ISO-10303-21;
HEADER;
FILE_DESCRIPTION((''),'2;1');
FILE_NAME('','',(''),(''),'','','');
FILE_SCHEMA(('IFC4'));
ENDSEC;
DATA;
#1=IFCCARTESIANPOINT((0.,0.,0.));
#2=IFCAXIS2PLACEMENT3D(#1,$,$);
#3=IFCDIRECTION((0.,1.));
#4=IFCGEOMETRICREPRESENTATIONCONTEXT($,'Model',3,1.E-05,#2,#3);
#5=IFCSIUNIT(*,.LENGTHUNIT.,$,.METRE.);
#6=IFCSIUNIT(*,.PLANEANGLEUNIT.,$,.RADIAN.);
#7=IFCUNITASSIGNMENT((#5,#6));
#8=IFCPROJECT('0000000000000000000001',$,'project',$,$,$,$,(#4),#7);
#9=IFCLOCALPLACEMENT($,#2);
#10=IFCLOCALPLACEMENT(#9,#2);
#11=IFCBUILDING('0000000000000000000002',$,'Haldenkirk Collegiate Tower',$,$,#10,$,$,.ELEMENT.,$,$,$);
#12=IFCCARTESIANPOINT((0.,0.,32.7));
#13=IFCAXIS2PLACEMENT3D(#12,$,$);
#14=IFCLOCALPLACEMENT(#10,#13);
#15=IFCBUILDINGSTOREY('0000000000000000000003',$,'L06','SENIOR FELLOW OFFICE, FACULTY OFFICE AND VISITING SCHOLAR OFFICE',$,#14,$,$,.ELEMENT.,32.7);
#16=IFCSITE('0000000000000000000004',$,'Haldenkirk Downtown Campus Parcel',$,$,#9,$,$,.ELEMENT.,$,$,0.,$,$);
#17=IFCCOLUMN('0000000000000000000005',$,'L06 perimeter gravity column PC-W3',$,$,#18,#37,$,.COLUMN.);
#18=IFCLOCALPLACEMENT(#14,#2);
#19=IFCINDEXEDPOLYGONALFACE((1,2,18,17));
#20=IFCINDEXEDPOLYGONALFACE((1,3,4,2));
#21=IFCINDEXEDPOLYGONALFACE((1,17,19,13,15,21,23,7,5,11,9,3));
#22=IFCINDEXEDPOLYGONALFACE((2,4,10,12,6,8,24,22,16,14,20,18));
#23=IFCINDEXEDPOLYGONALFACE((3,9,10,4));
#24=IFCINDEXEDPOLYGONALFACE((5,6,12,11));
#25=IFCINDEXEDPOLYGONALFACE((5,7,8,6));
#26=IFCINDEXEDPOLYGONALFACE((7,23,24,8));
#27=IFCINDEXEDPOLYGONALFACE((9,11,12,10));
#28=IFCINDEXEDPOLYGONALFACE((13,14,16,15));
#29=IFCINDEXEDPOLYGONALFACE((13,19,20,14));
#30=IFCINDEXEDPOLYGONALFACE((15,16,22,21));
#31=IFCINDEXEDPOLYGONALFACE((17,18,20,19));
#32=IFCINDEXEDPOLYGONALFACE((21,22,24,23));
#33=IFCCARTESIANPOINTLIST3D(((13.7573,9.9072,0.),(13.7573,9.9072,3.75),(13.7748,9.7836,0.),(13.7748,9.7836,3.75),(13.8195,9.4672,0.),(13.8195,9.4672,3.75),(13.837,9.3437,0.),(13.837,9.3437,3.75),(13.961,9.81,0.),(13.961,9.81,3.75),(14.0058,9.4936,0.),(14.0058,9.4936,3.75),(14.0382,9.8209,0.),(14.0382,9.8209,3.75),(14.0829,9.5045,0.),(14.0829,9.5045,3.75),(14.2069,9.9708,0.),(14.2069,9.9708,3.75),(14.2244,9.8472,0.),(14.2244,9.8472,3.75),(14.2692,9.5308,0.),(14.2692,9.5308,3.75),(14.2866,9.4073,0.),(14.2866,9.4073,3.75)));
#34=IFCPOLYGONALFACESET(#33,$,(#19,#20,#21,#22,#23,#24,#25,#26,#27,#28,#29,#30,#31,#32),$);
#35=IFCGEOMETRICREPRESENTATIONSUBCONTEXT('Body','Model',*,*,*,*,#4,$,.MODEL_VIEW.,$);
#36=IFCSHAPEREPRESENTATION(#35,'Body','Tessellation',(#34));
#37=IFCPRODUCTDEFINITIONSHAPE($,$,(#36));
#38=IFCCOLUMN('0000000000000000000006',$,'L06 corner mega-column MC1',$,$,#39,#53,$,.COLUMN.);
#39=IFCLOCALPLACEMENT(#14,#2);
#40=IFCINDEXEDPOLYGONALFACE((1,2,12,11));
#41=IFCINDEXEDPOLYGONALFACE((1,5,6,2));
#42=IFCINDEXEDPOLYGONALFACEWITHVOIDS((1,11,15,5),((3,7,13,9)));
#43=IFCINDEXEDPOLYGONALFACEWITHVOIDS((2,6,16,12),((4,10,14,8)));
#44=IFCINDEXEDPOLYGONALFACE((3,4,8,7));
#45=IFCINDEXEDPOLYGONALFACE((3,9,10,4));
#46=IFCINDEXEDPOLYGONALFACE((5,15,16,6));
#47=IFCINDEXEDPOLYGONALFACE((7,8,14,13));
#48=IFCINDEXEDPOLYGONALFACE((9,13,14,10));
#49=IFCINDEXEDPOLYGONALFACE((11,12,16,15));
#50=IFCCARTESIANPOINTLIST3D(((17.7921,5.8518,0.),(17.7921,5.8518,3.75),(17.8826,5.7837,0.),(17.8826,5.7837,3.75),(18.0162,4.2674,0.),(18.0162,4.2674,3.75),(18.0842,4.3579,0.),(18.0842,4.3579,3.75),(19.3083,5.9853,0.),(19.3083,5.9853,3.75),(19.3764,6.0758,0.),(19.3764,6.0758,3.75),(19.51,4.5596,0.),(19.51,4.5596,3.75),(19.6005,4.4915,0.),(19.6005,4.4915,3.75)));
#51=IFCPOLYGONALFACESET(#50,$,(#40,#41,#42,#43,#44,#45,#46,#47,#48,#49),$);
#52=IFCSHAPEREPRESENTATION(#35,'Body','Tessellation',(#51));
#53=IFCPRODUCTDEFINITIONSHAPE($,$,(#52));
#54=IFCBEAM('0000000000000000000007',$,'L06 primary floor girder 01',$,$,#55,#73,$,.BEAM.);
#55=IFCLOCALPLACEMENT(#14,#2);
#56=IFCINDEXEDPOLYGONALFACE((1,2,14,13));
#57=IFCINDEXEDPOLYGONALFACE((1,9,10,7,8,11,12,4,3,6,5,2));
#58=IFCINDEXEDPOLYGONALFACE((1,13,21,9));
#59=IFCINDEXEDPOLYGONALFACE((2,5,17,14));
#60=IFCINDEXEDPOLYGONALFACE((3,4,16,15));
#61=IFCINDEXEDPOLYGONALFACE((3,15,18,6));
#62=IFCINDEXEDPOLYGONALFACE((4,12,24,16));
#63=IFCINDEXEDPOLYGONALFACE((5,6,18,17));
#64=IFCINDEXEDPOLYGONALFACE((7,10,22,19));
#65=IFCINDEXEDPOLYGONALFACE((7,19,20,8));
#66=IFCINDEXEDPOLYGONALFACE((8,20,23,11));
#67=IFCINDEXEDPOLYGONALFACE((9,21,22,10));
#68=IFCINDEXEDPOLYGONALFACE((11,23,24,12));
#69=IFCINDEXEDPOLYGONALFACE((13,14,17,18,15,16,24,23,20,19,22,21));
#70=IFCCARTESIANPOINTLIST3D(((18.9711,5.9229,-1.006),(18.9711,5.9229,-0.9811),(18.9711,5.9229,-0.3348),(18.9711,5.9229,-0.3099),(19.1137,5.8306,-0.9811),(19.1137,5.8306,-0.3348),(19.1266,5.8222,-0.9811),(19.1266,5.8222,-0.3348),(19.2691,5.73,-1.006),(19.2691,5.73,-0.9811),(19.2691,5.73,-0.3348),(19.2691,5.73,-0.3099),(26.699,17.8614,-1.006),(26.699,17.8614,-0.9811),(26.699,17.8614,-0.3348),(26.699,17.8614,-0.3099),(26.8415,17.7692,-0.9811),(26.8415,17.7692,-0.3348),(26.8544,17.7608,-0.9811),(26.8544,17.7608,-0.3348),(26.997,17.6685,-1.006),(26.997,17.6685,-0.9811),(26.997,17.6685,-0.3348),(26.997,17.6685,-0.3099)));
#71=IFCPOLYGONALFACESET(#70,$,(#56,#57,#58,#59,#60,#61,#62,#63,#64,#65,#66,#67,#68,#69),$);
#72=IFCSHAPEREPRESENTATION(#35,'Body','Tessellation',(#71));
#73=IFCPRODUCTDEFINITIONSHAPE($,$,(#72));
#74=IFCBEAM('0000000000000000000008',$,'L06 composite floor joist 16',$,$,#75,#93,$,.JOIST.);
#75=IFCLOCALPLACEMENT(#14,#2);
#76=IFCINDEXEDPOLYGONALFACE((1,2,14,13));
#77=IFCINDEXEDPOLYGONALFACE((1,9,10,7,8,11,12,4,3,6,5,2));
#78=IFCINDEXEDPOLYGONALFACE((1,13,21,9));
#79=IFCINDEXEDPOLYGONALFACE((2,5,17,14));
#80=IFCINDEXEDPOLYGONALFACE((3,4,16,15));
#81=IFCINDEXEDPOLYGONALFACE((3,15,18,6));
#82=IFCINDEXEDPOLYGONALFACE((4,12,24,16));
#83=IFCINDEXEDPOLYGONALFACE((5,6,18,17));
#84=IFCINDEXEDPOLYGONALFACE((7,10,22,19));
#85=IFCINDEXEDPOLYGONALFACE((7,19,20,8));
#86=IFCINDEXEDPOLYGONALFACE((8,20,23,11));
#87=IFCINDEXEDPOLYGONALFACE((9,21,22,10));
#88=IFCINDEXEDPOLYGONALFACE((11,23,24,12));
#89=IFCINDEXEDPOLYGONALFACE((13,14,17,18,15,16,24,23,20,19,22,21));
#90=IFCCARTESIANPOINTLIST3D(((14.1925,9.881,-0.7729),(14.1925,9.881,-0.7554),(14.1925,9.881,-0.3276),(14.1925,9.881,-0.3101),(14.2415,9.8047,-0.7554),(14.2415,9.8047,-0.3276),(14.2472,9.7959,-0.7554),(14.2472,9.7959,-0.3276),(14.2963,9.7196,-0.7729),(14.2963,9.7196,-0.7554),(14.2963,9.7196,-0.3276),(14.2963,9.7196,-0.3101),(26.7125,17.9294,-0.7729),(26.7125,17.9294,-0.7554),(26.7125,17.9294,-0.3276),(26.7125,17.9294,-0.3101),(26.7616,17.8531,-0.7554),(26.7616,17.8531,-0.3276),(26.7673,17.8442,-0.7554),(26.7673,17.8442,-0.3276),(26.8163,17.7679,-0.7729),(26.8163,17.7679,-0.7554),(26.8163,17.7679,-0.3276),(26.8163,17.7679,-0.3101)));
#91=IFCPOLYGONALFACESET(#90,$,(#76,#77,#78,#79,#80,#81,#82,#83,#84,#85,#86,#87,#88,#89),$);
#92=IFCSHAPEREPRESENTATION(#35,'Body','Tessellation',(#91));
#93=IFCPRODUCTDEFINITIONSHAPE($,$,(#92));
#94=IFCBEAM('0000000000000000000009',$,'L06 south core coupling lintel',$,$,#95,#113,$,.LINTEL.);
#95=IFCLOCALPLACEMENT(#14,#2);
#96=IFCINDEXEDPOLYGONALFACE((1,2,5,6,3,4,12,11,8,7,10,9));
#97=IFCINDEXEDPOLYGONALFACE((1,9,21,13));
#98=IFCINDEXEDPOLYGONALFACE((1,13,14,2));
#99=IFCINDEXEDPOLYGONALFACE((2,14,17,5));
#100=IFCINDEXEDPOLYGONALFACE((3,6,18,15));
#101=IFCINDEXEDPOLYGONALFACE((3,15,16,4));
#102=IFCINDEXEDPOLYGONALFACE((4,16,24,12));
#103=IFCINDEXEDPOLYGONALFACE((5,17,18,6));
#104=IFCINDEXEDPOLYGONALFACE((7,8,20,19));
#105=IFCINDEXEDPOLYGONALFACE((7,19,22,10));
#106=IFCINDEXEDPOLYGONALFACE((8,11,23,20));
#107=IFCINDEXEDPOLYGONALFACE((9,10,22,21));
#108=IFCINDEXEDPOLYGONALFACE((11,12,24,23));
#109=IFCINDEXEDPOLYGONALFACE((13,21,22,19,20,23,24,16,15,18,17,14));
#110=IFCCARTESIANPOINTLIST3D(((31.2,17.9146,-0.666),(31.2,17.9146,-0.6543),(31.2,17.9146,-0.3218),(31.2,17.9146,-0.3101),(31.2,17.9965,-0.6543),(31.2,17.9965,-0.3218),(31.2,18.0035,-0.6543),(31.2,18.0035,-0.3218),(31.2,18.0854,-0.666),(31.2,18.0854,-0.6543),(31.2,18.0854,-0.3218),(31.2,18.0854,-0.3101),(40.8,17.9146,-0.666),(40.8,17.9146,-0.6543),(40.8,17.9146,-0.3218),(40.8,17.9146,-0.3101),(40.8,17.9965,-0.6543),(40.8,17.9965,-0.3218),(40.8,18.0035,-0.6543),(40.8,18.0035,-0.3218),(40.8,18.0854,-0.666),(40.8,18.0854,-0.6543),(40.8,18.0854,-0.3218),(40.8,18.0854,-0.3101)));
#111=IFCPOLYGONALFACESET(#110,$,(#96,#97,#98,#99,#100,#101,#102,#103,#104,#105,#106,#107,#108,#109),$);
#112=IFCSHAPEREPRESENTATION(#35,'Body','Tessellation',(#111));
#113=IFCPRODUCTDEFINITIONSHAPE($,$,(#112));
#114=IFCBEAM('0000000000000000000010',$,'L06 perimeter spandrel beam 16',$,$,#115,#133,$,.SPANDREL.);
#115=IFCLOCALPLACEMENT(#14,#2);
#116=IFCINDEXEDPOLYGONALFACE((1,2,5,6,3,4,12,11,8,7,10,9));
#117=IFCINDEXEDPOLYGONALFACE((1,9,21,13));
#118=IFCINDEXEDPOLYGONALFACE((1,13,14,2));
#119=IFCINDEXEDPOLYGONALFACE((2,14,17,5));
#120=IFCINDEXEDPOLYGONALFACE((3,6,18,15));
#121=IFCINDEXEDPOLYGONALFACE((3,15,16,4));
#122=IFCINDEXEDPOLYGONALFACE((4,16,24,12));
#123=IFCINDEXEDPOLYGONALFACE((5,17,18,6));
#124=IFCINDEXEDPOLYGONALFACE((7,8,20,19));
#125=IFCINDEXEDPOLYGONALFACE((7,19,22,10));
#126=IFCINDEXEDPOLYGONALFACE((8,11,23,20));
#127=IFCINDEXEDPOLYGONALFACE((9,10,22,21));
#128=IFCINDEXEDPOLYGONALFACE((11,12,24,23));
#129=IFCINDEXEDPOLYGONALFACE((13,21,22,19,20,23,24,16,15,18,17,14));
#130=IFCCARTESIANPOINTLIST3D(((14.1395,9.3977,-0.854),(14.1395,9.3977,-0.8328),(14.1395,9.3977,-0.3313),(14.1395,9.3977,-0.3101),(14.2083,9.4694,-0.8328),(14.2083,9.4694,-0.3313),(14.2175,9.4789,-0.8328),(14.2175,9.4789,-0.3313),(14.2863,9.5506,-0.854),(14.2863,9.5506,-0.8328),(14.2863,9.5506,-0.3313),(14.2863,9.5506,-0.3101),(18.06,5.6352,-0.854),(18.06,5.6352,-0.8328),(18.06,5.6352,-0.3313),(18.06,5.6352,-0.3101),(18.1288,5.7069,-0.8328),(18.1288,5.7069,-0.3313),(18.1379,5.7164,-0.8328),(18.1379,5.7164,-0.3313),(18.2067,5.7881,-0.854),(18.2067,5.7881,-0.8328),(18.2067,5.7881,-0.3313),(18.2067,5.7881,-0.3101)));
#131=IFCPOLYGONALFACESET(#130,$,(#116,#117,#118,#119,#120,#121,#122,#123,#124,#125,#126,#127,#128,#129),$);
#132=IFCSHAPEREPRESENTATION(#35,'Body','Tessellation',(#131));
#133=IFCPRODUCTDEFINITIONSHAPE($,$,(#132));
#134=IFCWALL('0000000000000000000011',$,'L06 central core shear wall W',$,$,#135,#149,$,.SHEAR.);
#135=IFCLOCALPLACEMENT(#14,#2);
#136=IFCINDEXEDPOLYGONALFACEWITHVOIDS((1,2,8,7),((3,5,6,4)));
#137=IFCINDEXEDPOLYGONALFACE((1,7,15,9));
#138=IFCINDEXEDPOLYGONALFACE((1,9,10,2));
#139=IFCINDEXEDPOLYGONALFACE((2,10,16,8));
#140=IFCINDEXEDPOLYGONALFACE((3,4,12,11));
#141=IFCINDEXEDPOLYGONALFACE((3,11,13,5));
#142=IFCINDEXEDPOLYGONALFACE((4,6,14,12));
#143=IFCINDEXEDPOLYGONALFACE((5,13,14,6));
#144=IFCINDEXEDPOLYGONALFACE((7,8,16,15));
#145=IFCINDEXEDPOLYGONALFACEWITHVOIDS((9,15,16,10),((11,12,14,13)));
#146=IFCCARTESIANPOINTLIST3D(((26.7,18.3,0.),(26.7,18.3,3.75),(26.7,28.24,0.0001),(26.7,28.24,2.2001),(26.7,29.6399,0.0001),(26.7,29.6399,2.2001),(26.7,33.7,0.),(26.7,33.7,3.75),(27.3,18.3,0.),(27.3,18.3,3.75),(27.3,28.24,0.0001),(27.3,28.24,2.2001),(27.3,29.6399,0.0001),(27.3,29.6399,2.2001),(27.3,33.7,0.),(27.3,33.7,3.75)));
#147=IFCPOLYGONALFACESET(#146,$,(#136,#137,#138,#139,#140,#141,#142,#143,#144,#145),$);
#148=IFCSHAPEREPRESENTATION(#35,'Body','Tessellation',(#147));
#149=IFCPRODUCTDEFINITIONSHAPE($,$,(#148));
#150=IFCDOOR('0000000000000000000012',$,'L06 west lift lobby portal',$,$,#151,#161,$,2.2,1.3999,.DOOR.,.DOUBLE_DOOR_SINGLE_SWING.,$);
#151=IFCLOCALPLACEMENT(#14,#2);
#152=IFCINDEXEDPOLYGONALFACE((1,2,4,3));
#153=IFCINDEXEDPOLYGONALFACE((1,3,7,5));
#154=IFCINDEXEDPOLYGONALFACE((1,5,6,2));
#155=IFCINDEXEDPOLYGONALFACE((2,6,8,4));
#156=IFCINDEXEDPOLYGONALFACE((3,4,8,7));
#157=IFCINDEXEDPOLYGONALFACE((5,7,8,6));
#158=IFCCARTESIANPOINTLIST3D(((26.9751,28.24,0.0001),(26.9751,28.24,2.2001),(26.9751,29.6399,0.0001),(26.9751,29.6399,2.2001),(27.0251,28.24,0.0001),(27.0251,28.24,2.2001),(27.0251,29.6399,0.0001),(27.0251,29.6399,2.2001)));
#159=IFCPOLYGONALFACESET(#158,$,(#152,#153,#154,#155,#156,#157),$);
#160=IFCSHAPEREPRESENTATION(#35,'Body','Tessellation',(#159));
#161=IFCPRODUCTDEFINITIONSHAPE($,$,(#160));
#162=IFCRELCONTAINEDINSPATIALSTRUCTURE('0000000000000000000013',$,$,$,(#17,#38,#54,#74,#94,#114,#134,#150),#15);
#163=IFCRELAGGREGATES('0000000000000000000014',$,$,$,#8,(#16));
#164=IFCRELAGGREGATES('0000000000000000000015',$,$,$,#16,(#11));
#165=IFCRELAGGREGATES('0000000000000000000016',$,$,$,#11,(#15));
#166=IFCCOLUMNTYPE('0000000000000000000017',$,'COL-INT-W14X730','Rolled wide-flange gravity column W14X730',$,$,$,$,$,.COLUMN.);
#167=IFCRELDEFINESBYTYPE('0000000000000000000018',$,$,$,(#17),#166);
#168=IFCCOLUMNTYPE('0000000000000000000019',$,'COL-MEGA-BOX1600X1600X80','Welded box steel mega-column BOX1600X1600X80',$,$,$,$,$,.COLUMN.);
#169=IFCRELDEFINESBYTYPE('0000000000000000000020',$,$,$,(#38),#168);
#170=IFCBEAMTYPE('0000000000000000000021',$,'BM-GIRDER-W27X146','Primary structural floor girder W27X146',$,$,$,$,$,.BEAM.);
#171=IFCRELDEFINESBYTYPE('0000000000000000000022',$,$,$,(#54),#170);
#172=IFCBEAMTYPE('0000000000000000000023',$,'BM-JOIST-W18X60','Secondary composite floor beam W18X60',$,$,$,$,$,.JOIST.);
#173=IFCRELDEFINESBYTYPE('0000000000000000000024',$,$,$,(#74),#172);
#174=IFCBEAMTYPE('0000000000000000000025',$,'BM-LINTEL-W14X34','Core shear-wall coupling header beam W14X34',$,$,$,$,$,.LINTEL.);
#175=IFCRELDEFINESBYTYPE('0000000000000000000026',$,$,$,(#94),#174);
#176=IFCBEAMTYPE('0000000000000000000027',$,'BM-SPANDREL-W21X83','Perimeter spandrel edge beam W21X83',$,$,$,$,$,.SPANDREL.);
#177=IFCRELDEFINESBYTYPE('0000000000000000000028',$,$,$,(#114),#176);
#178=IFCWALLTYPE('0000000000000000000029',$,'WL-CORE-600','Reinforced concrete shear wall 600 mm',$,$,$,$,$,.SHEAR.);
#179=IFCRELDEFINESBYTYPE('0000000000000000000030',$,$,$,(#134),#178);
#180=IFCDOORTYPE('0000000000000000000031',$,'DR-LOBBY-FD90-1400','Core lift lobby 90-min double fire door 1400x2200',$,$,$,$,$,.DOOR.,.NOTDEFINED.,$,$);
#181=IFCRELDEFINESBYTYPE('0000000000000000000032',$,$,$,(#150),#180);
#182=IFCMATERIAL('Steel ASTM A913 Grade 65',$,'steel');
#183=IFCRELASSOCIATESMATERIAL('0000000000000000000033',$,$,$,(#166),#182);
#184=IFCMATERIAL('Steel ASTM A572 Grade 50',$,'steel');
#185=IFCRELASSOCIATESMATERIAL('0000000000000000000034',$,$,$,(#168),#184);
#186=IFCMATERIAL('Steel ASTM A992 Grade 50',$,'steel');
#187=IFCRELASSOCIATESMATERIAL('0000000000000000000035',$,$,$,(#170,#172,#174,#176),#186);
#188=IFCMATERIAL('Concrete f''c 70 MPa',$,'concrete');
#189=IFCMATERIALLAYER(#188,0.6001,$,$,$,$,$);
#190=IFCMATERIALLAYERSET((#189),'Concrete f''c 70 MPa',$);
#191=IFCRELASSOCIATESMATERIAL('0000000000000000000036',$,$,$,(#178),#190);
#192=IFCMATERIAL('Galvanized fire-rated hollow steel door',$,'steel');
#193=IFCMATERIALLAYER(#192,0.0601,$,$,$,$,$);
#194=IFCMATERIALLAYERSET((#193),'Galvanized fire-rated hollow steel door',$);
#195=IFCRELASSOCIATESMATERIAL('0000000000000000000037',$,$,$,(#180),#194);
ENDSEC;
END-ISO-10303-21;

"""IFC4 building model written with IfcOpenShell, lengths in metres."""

from ifc_helpers import new_model, si_unit, direction, frame, frame_2d, origin, origin_2d, place, context, subcontext, project, spatial, rectangle, hollow_rectangle, i_section, extrude, material, layer, layer_set, material_profile, profile_set, type_object, element, fill, save


model = new_model("IFC4")

# Units and contexts
model_context = context("Model", 3, precision=1e-05, world=origin(), true_north=direction((0.0, 1.0)))
body_context = subcontext(model_context, "Body", "Model", "MODEL_VIEW")
ifc_project = project(units=[si_unit("LENGTHUNIT", "METRE"), si_unit("PLANEANGLEUNIT", "RADIAN")], contexts=[model_context])

# Site, building, storey
site_placement = place(None, origin())
site = spatial("IfcSite", under=ifc_project, at=site_placement, Name="Haldenkirk Downtown Campus Parcel", CompositionType="ELEMENT", RefElevation=0.0)
building_placement = place(site_placement, origin())
building = spatial("IfcBuilding", under=site, at=building_placement, Name="Haldenkirk Collegiate Tower", CompositionType="ELEMENT")
storey_placement = place(building_placement, frame((0.0, 0.0, 32.7)))
storey = spatial("IfcBuildingStorey", under=building, at=storey_placement, Name="L06", Description="SENIOR FELLOW OFFICE, FACULTY OFFICE AND VISITING SCHOLAR OFFICE", CompositionType="ELEMENT", Elevation=32.7)

# Columns
ifc_material_1 = material(Name="Steel ASTM A913 Grade 65", Category="steel")
ifc_material_profile_1 = material_profile(ifc_material_1, i_section(OverallWidth=0.4541, OverallDepth=0.5691, WebThickness=0.0779, FlangeThickness=0.1248, at=origin_2d()), Name="W14X730")
ifc_profile_set_1 = profile_set([ifc_material_profile_1], Name="Steel ASTM A913 Grade 65")
column_type_1 = type_object("IfcColumnType", Name="COL-INT-W14X730", Description="Rolled wide-flange gravity column W14X730", PredefinedType="COLUMN", material=ifc_profile_set_1)
column_1_placement = place(storey_placement, frame((14.022, 9.6572, 0.0), z_axis=(0.0, 0.0, 1.0), x_axis=(0.990146, 0.140037, 0.0)))
element("IfcColumn", 1, at=column_1_placement, inside=storey, type_object=column_type_1, Name="L06 perimeter gravity column PC-W3", PredefinedType="COLUMN", context=body_context, shape_type="SweptSolid", body=[
    extrude(i_section(OverallWidth=0.4541, OverallDepth=0.5691, WebThickness=0.0779, FlangeThickness=0.1248, at=origin_2d()), origin(), (0.0, 0.0, 1.0), 3.75),
])
ifc_material_2 = material(Name="Steel ASTM A572 Grade 50", Category="steel")
ifc_material_profile_2 = material_profile(ifc_material_2, hollow_rectangle(XDim=1.6001, YDim=1.6001, WallThickness=0.0801, at=origin_2d()), Name="BOX1600X1600X80")
ifc_profile_set_2 = profile_set([ifc_material_profile_2], Name="Steel ASTM A572 Grade 50")
column_type_2 = type_object("IfcColumnType", Name="COL-MEGA-BOX1600X1600X80", Description="Welded box steel mega-column BOX1600X1600X80", PredefinedType="COLUMN", material=ifc_profile_set_2)
column_2_placement = place(storey_placement, frame((18.6963, 5.1716, 0.0), z_axis=(0.0, 0.0, 1.0), x_axis=(0.990146, 0.140037, 0.0)))
element("IfcColumn", 2, at=column_2_placement, inside=storey, type_object=column_type_2, Name="L06 corner mega-column MC1", PredefinedType="COLUMN", context=body_context, shape_type="SweptSolid", body=[
    extrude(hollow_rectangle(XDim=1.6001, YDim=1.6001, WallThickness=0.0801, at=origin_2d()), origin(), (0.0, 0.0, 1.0), 3.75),
])

# Beams
ifc_material_3 = material(Name="Steel ASTM A992 Grade 50", Category="steel")
ifc_material_profile_3 = material_profile(ifc_material_3, i_section(OverallWidth=0.355, OverallDepth=0.696, WebThickness=0.0154, FlangeThickness=0.0249, at=origin_2d()), Name="W27X146")
ifc_profile_set_3 = profile_set([ifc_material_profile_3], Name="Steel ASTM A992 Grade 50")
beam_type_1 = type_object("IfcBeamType", Name="BM-GIRDER-W27X146", Description="Primary structural floor girder W27X146", PredefinedType="BEAM", material=ifc_profile_set_3)
beam_1_placement = place(storey_placement, frame((19.1201, 5.8264, -0.658), z_axis=(0.543394, 0.839478, 0.0), x_axis=(-0.839478, 0.543394, 0.0)))
element("IfcBeam", 3, at=beam_1_placement, inside=storey, type_object=beam_type_1, Name="L06 primary floor girder 01", PredefinedType="BEAM", context=body_context, shape_type="SweptSolid", body=[
    extrude(i_section(OverallWidth=0.355, OverallDepth=0.696, WebThickness=0.0154, FlangeThickness=0.0249, at=origin_2d()), origin(), (0.0, 0.0, 1.0), 14.2214),
])
ifc_material_profile_4 = material_profile(ifc_material_3, i_section(OverallWidth=0.1919, OverallDepth=0.4629, WebThickness=0.0105, FlangeThickness=0.0176, at=origin_2d()), Name="W18X60")
ifc_profile_set_4 = profile_set([ifc_material_profile_4], Name="Steel ASTM A992 Grade 50")
beam_type_2 = type_object("IfcBeamType", Name="BM-JOIST-W18X60", Description="Secondary composite floor beam W18X60", PredefinedType="JOIST", material=ifc_profile_set_4)
beam_2_placement = place(storey_placement, frame((14.2444, 9.8003, -0.5415), z_axis=(0.841186, 0.540746, 0.0), x_axis=(-0.540746, 0.841186, 0.0)))
element("IfcBeam", 4, at=beam_2_placement, inside=storey, type_object=beam_type_2, Name="L06 composite floor joist 16", PredefinedType="JOIST", context=body_context, shape_type="SweptSolid", body=[
    extrude(i_section(OverallWidth=0.1919, OverallDepth=0.4629, WebThickness=0.0105, FlangeThickness=0.0176, at=origin_2d()), origin(), (0.0, 0.0, 1.0), 14.8838),
])
ifc_material_profile_5 = material_profile(ifc_material_3, i_section(OverallWidth=0.1709, OverallDepth=0.356, WebThickness=0.0071, FlangeThickness=0.0117, at=origin_2d()), Name="W14X34")
ifc_profile_set_5 = profile_set([ifc_material_profile_5], Name="Steel ASTM A992 Grade 50")
beam_type_3 = type_object("IfcBeamType", Name="BM-LINTEL-W14X34", Description="Core shear-wall coupling header beam W14X34", PredefinedType="LINTEL", material=ifc_profile_set_5)
beam_3_placement = place(storey_placement, frame((31.2, 18.0, -0.488), z_axis=(1.0, 0.0, 0.0), x_axis=(0.0, 1.0, 0.0)))
element("IfcBeam", 5, at=beam_3_placement, inside=storey, type_object=beam_type_3, Name="L06 south core coupling lintel", PredefinedType="LINTEL", context=body_context, shape_type="SweptSolid", body=[
    extrude(i_section(OverallWidth=0.1709, OverallDepth=0.356, WebThickness=0.0071, FlangeThickness=0.0117, at=origin_2d()), origin(), (0.0, 0.0, 1.0), 9.6001),
])
ifc_material_profile_6 = material_profile(ifc_material_3, i_section(OverallWidth=0.2119, OverallDepth=0.5439, WebThickness=0.0132, FlangeThickness=0.0212, at=origin_2d()), Name="W21X83")
ifc_profile_set_6 = profile_set([ifc_material_profile_6], Name="Steel ASTM A992 Grade 50")
beam_type_4 = type_object("IfcBeamType", Name="BM-SPANDREL-W21X83", Description="Perimeter spandrel edge beam W21X83", PredefinedType="SPANDREL", material=ifc_profile_set_6)
beam_4_placement = place(storey_placement, frame((14.2129, 9.4741, -0.582), z_axis=(0.721492, -0.692422, 0.0), x_axis=(0.692422, 0.721492, 0.0)))
element("IfcBeam", 6, at=beam_4_placement, inside=storey, type_object=beam_type_4, Name="L06 perimeter spandrel beam 16", PredefinedType="SPANDREL", context=body_context, shape_type="SweptSolid", body=[
    extrude(i_section(OverallWidth=0.2119, OverallDepth=0.5439, WebThickness=0.0132, FlangeThickness=0.0212, at=origin_2d()), origin(), (0.0, 0.0, 1.0), 5.4338),
])

# Shared definitions
ifc_material_4 = material(Name="Concrete f'c 70 MPa", Category="concrete")
ifc_layer_1 = layer(ifc_material_4, 0.6001)
ifc_layer_set_1 = layer_set([ifc_layer_1], Name="Concrete f'c 70 MPa")
wall_type_1 = type_object("IfcWallType", Name="WL-CORE-600", Description="Reinforced concrete shear wall 600 mm", PredefinedType="SHEAR", material=ifc_layer_set_1)
ifc_material_5 = material(Name="Galvanized fire-rated hollow steel door", Category="steel")

# Wall, opening, door
wall_1_placement = place(storey_placement, frame((27.0, 18.3, 0.0), z_axis=(0.0, 0.0, 1.0), x_axis=(0.0, 1.0, 0.0)))
wall_1 = element("IfcWall", 7, at=wall_1_placement, inside=storey, type_object=wall_type_1, Name="L06 central core shear wall W", PredefinedType="SHEAR", context=body_context, shape_type="SweptSolid", body=[
    extrude(rectangle(XDim=15.3999, YDim=0.6001, at=frame_2d((7.7, 0.0))), origin(), (0.0, 0.0, 1.0), 3.75),
])
opening_1_placement = place(wall_1_placement, frame((9.9399, 0.0, 0.0)))
opening_1 = element("IfcOpeningElement", 8, at=opening_1_placement, cuts=wall_1, PredefinedType="OPENING", context=body_context, shape_type="SweptSolid", body=[
    extrude(rectangle(XDim=1.3999, YDim=2.2, at=frame_2d((0.7, 1.1001))), frame((0.0, 0.3101, 0.0), z_axis=(0.0, -1.0, 0.0), x_axis=(1.0, 0.0, 0.0)), (0.0, 0.0, 1.0), 0.6201),
])
ifc_layer_2 = layer(ifc_material_5, 0.0601)
ifc_layer_set_2 = layer_set([ifc_layer_2], Name="Galvanized fire-rated hollow steel door")
door_type_1 = type_object("IfcDoorType", Name="DR-LOBBY-FD90-1400", Description="Core lift lobby 90-min double fire door 1400x2200", OperationType="NOTDEFINED", PredefinedType="DOOR", material=ifc_layer_set_2)
door_1_placement = place(opening_1_placement, origin())
door_1 = element("IfcDoor", 9, at=door_1_placement, inside=storey, type_object=door_type_1, Name="L06 west lift lobby portal", OperationType="DOUBLE_DOOR_SINGLE_SWING", OverallHeight=2.2, OverallWidth=1.3999, PredefinedType="DOOR", context=body_context, shape_type="SweptSolid", body=[
    extrude(rectangle(XDim=1.3999, YDim=2.2, at=frame_2d((0.7, 1.1001))), frame((0.0, 0.0249, 0.0), z_axis=(0.0, -1.0, 0.0), x_axis=(1.0, 0.0, 0.0)), (0.0, 0.0, 1.0), 0.05),
])
fill(opening_1, door_1)

save(model, "model.ifc")
